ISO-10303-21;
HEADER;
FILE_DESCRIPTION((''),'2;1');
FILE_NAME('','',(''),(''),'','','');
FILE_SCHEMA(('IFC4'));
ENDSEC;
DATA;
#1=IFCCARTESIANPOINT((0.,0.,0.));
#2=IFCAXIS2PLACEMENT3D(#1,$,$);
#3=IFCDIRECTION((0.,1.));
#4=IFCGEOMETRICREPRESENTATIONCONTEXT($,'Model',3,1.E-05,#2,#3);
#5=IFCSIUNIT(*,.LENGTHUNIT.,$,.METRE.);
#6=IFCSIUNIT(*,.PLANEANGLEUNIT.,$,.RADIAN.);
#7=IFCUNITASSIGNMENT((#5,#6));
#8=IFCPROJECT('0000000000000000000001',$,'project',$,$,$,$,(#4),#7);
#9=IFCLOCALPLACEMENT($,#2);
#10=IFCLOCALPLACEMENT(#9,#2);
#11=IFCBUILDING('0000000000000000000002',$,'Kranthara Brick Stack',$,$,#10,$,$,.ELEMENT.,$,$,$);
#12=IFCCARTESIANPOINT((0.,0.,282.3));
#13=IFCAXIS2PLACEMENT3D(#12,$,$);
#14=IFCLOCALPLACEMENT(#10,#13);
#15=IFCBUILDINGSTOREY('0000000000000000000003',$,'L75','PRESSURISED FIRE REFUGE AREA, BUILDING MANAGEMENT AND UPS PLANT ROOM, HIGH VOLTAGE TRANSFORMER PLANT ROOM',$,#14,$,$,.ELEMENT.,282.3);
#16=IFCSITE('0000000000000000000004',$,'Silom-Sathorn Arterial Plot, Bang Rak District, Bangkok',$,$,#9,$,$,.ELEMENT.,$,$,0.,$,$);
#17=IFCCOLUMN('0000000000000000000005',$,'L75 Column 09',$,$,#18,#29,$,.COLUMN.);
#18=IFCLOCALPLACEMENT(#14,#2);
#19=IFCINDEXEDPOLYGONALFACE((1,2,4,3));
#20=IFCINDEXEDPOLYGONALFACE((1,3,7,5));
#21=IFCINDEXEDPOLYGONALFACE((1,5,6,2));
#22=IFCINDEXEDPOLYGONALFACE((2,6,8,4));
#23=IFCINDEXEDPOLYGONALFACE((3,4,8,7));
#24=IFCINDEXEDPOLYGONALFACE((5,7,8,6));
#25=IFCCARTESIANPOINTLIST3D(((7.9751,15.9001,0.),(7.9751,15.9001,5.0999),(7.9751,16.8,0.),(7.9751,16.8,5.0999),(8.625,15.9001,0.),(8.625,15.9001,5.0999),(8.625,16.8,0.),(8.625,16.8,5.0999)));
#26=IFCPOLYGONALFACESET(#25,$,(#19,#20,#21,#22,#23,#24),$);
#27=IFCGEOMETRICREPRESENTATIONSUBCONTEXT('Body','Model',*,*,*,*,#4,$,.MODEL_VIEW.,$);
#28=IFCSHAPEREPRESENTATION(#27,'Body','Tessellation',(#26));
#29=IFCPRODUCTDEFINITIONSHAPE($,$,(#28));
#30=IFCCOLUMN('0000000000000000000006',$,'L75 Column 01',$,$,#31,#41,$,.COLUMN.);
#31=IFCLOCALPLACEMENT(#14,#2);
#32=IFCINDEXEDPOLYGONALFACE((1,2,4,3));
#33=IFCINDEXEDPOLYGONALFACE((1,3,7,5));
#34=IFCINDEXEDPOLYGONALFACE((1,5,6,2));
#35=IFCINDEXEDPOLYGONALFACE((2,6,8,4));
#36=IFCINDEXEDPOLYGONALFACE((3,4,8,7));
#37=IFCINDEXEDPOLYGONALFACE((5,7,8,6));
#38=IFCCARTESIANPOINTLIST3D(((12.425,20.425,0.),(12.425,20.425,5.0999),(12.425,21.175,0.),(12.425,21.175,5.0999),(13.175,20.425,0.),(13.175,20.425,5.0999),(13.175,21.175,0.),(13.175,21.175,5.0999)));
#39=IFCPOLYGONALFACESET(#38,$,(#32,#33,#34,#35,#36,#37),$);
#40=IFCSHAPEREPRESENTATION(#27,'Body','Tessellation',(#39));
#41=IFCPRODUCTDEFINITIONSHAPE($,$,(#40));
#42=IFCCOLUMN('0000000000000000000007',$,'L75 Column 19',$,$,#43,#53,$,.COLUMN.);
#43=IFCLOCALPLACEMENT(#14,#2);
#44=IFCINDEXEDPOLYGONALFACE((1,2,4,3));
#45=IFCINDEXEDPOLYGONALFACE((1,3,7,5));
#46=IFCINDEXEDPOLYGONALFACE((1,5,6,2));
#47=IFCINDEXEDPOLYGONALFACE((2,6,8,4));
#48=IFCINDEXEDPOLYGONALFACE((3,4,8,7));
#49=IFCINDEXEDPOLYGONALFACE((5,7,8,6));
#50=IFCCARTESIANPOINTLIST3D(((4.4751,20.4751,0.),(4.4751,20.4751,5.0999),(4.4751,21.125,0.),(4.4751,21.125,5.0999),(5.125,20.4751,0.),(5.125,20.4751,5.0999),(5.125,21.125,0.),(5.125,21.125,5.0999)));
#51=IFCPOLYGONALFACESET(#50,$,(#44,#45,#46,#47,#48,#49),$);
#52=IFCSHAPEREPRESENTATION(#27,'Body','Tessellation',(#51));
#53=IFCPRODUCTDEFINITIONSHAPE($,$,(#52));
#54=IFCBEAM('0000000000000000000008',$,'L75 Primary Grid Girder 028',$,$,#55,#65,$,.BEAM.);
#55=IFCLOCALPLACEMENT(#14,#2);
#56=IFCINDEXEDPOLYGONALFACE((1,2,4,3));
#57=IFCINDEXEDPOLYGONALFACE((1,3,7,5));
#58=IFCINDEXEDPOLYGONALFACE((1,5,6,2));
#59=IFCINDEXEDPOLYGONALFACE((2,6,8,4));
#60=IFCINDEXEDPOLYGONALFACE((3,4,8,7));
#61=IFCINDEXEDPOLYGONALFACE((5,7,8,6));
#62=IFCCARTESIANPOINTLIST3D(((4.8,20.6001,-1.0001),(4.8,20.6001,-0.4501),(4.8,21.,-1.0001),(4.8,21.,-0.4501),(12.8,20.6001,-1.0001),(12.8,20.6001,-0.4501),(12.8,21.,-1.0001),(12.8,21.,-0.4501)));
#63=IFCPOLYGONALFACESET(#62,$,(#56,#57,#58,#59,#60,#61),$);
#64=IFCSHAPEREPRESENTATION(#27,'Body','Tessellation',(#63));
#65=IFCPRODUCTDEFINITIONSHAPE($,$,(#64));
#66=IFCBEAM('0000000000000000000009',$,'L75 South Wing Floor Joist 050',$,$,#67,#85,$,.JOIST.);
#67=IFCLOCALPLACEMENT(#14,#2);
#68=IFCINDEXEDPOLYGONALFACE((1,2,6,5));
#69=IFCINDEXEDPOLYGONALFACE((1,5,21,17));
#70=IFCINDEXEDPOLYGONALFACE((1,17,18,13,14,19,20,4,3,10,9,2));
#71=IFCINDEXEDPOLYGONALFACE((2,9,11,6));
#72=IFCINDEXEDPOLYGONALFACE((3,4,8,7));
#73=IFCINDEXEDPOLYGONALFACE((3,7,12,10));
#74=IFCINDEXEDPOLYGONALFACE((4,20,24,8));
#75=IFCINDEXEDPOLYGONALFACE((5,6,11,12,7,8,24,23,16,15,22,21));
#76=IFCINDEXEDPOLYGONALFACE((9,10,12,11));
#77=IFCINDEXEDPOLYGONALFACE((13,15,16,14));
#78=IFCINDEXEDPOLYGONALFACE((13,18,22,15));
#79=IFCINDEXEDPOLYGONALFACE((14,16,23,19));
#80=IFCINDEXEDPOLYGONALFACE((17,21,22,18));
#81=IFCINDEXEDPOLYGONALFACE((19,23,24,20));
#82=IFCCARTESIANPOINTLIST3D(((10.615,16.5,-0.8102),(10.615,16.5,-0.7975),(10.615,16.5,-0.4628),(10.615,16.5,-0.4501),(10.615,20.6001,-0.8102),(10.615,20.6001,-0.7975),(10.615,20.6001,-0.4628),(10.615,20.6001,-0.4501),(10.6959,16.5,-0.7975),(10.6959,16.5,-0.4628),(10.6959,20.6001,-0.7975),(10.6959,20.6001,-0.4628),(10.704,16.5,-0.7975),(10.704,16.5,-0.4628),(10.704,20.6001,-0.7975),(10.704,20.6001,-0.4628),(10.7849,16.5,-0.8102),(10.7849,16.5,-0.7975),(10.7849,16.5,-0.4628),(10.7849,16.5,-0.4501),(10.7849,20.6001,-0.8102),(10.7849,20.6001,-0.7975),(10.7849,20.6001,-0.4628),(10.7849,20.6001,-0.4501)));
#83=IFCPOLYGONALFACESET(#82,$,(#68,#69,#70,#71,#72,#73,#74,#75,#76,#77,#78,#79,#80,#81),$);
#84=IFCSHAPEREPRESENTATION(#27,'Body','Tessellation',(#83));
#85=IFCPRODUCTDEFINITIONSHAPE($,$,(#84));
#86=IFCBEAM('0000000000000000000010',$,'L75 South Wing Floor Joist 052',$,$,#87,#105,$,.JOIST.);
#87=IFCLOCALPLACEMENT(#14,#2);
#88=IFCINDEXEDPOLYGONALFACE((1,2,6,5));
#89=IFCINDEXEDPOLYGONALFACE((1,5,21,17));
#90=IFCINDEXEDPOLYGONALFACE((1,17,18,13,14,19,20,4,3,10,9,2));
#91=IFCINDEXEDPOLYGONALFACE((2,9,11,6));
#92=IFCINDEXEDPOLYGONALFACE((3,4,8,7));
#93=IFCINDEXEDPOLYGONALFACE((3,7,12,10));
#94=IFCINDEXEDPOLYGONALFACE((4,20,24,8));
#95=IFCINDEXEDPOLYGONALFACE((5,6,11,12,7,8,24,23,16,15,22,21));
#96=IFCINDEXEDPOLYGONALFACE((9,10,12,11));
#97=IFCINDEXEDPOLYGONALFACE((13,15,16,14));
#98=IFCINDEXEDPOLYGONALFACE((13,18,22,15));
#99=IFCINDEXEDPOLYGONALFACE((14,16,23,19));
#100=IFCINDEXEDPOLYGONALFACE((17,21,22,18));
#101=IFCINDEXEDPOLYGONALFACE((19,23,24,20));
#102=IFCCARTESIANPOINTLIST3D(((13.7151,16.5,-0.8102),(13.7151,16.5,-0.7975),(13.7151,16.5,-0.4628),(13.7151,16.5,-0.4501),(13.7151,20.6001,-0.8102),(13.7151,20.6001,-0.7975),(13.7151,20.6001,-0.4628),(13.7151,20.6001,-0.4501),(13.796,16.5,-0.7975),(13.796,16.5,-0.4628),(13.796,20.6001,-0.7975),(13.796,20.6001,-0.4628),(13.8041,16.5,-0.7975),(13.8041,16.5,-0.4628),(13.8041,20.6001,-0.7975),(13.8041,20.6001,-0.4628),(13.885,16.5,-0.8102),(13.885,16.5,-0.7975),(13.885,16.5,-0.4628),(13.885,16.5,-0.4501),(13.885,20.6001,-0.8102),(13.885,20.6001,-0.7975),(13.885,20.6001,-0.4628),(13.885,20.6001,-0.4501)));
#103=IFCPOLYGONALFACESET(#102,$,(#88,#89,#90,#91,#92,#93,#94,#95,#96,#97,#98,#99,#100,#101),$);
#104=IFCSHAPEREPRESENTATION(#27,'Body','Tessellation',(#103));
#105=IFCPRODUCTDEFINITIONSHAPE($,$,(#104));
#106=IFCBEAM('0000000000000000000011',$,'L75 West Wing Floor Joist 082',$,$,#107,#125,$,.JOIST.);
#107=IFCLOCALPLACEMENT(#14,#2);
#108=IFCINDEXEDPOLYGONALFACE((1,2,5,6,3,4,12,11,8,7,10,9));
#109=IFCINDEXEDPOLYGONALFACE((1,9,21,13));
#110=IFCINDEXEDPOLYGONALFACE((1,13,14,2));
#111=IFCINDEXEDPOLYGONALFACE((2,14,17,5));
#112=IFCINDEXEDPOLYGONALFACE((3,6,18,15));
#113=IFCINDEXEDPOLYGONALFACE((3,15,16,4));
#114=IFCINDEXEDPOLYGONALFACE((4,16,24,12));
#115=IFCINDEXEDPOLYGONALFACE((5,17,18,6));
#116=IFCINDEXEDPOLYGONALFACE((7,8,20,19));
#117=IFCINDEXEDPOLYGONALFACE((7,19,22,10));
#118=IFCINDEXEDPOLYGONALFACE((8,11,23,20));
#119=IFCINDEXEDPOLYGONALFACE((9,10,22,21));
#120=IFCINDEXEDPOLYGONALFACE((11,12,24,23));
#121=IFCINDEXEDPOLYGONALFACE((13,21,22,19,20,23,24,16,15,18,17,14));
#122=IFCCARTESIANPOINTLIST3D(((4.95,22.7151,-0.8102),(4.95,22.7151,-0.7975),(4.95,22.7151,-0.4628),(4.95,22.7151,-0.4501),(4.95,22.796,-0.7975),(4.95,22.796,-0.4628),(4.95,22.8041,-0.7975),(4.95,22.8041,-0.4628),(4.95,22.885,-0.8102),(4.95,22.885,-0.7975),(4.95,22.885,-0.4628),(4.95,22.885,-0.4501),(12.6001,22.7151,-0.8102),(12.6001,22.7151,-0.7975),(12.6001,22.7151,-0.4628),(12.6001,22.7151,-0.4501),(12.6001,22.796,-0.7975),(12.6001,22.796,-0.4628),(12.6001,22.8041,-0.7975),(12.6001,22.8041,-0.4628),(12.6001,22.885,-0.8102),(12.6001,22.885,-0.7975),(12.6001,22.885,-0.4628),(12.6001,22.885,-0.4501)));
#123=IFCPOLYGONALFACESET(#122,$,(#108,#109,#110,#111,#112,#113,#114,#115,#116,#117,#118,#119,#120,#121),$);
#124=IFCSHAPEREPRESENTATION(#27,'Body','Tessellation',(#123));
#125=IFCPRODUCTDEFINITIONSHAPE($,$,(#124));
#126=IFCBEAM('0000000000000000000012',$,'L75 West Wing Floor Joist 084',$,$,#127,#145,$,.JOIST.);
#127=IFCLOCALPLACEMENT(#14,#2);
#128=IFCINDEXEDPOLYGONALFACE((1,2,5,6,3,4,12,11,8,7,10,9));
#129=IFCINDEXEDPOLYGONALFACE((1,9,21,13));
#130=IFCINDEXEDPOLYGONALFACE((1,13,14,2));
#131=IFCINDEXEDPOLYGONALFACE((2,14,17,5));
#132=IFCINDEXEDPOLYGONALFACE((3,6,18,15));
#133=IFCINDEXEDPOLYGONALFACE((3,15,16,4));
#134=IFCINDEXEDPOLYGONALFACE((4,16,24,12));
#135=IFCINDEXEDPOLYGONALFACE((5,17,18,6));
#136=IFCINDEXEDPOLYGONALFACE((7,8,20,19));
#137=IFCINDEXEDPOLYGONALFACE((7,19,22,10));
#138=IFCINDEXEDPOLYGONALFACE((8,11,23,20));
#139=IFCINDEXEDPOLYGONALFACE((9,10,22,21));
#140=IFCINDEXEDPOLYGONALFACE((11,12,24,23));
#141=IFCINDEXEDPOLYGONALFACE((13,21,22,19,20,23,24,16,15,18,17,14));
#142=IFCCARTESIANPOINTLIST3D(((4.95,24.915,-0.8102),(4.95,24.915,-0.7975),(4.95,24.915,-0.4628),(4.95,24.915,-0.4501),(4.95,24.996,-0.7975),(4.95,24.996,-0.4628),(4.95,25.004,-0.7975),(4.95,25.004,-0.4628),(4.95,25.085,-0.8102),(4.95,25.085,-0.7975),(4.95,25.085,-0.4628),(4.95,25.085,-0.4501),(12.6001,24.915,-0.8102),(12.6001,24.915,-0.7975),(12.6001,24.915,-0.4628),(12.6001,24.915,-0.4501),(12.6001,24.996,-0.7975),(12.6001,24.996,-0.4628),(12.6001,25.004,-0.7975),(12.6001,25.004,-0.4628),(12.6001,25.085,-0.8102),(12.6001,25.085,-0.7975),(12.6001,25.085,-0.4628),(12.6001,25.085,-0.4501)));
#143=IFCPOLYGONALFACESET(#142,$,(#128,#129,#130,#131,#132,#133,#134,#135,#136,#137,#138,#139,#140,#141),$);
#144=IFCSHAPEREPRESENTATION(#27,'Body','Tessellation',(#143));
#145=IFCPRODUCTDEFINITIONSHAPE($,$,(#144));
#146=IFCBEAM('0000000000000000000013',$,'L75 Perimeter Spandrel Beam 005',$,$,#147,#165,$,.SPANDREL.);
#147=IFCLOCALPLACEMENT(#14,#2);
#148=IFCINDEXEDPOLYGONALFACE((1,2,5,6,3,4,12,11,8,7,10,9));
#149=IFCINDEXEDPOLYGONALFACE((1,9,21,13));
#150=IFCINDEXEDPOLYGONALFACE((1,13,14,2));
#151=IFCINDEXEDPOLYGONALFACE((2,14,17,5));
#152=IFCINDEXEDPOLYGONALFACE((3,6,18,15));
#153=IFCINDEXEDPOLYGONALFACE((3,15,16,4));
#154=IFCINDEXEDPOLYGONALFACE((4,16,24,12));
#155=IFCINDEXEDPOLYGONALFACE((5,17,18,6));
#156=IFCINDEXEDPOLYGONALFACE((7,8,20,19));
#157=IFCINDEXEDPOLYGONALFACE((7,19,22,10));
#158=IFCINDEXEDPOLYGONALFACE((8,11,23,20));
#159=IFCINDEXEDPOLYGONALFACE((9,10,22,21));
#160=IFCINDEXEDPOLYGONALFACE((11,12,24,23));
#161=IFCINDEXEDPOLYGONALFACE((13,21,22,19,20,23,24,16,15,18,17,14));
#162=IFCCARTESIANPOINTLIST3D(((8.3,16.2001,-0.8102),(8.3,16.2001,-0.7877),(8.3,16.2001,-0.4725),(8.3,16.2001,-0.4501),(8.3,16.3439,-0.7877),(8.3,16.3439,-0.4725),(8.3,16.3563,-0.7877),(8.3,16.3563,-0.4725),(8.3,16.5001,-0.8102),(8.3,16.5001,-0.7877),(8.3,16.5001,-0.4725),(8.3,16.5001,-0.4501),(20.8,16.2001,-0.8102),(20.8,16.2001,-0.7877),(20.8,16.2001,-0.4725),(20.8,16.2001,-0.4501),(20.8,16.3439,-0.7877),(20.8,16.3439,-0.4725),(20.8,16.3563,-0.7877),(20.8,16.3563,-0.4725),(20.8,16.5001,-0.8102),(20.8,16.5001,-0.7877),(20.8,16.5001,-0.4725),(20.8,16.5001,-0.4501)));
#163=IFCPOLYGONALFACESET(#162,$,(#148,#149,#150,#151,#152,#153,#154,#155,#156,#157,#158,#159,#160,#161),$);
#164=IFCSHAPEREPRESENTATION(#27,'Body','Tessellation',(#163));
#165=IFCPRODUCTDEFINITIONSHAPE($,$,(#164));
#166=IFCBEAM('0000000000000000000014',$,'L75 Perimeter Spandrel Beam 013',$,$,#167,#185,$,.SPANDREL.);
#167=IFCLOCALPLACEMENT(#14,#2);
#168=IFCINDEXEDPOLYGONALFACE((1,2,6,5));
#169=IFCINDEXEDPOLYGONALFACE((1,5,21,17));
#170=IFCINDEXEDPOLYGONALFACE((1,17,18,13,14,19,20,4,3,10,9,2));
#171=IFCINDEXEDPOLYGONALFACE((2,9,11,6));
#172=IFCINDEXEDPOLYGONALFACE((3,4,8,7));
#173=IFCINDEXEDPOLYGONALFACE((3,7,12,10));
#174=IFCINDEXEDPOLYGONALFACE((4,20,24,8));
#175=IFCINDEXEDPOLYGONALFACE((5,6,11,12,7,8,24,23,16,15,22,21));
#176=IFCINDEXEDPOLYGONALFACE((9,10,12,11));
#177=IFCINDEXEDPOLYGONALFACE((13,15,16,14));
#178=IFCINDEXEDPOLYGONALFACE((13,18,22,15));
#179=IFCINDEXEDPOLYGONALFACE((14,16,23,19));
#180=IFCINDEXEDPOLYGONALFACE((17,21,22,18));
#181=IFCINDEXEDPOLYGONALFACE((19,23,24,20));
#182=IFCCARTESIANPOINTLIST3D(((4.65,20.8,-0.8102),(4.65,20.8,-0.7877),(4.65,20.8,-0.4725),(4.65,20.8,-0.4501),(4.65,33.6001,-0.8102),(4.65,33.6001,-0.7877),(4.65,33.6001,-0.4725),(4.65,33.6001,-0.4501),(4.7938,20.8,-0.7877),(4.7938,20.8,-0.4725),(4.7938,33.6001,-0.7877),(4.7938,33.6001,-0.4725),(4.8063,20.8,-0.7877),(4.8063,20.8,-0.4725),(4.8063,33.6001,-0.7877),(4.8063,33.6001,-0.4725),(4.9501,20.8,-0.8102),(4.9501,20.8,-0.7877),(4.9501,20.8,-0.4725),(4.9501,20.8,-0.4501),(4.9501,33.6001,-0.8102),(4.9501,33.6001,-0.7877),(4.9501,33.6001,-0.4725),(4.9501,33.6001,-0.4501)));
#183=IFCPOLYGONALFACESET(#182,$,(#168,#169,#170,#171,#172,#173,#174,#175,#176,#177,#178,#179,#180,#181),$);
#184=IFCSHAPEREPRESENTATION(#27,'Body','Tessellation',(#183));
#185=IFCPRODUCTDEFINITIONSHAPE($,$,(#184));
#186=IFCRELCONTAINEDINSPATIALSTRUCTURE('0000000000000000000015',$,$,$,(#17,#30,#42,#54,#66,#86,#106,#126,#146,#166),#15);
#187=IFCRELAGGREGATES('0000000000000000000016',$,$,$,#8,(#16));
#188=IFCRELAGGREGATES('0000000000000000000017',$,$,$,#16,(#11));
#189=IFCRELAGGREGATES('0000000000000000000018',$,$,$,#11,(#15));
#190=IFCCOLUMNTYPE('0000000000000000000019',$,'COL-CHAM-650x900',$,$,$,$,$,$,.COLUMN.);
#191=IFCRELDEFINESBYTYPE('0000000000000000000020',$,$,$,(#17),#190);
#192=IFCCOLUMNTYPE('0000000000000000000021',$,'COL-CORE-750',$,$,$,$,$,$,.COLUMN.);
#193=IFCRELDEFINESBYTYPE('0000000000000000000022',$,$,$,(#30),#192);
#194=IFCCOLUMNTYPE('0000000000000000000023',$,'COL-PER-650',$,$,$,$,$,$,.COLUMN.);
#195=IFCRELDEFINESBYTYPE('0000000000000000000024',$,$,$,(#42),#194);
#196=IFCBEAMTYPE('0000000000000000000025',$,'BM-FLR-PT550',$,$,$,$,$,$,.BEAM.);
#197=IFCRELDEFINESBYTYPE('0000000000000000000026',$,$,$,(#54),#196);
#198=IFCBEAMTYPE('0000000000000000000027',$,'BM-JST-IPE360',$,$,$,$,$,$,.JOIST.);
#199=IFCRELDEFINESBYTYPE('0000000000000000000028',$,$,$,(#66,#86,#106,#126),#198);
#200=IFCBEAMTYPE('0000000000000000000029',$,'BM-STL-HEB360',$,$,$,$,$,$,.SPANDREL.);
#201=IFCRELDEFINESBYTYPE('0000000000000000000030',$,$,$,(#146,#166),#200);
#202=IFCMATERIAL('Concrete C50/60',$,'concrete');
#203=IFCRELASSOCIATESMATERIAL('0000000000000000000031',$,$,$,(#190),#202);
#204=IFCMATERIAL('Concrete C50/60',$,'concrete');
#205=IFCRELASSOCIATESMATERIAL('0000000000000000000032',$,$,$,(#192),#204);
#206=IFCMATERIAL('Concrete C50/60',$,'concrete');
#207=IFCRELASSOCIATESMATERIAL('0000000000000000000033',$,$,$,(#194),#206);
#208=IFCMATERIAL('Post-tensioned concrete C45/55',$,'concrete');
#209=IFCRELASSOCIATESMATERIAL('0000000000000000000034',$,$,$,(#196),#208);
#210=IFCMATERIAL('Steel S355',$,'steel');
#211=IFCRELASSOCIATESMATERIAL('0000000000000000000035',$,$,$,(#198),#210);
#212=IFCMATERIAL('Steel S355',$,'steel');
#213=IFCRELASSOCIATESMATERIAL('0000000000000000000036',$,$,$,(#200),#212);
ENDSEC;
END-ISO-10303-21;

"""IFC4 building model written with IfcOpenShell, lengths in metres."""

from ifc_helpers import new_model, si_unit, direction, frame, origin, origin_2d, place, context, subcontext, project, spatial, rectangle, i_section, extrude, material, material_profile, profile_set, type_object, element, save


model = new_model("IFC4")

# Units and contexts
model_context = context("Model", 3, precision=1e-05, world=origin(), true_north=direction((0.0, 1.0)))
body_context = subcontext(model_context, "Body", "Model", "MODEL_VIEW")
ifc_project = project(units=[si_unit("LENGTHUNIT", "METRE"), si_unit("PLANEANGLEUNIT", "RADIAN")], contexts=[model_context])

# Site, building, storey
site_placement = place(None, origin())
site = spatial("IfcSite", under=ifc_project, at=site_placement, Name="Silom-Sathorn Arterial Plot, Bang Rak District, Bangkok", CompositionType="ELEMENT", RefElevation=0.0)
building_placement = place(site_placement, origin())
building = spatial("IfcBuilding", under=site, at=building_placement, Name="Kranthara Brick Stack", CompositionType="ELEMENT")
storey_placement = place(building_placement, frame((0.0, 0.0, 282.3)))
storey = spatial("IfcBuildingStorey", under=building, at=storey_placement, Name="L75", Description="PRESSURISED FIRE REFUGE AREA, BUILDING MANAGEMENT AND UPS PLANT ROOM, HIGH VOLTAGE TRANSFORMER PLANT ROOM", CompositionType="ELEMENT", Elevation=282.3)

# Columns
ifc_material_1 = material(Name="Concrete C50/60", Category="concrete")
ifc_material_profile_1 = material_profile(ifc_material_1, rectangle(XDim=0.6499, YDim=0.8999, at=origin_2d()), Name="RC 650x900")
ifc_profile_set_1 = profile_set([ifc_material_profile_1], Name="Concrete C50/60")
column_type_1 = type_object("IfcColumnType", Name="COL-CHAM-650x900", PredefinedType="COLUMN", material=ifc_profile_set_1)
column_1_placement = place(storey_placement, frame((8.3, 16.3501, 0.0), z_axis=(0.0, 0.0, 1.0), x_axis=(1.0, 0.0, 0.0)))
element("IfcColumn", 1, at=column_1_placement, inside=storey, type_object=column_type_1, Name="L75 Column 09", PredefinedType="COLUMN", context=body_context, shape_type="SweptSolid", body=[
    extrude(rectangle(XDim=0.6499, YDim=0.8999, at=origin_2d()), origin(), (0.0, 0.0, 1.0), 5.0999),
])
ifc_material_2 = material(Name="Concrete C50/60", Category="concrete")
ifc_material_profile_2 = material_profile(ifc_material_2, rectangle(XDim=0.75, YDim=0.75, at=origin_2d()), Name="RC 750x750")
ifc_profile_set_2 = profile_set([ifc_material_profile_2], Name="Concrete C50/60")
column_type_2 = type_object("IfcColumnType", Name="COL-CORE-750", PredefinedType="COLUMN", material=ifc_profile_set_2)
column_2_placement = place(storey_placement, frame((12.8, 20.8, 0.0), z_axis=(0.0, 0.0, 1.0), x_axis=(1.0, 0.0, 0.0)))
element("IfcColumn", 2, at=column_2_placement, inside=storey, type_object=column_type_2, Name="L75 Column 01", PredefinedType="COLUMN", context=body_context, shape_type="SweptSolid", body=[
    extrude(rectangle(XDim=0.75, YDim=0.75, at=origin_2d()), origin(), (0.0, 0.0, 1.0), 5.0999),
])
ifc_material_3 = material(Name="Concrete C50/60", Category="concrete")
ifc_material_profile_3 = material_profile(ifc_material_3, rectangle(XDim=0.6499, YDim=0.6499, at=origin_2d()), Name="RC 650x650")
ifc_profile_set_3 = profile_set([ifc_material_profile_3], Name="Concrete C50/60")
column_type_3 = type_object("IfcColumnType", Name="COL-PER-650", PredefinedType="COLUMN", material=ifc_profile_set_3)
column_3_placement = place(storey_placement, frame((4.8, 20.8, 0.0), z_axis=(0.0, 0.0, 1.0), x_axis=(1.0, 0.0, 0.0)))
element("IfcColumn", 3, at=column_3_placement, inside=storey, type_object=column_type_3, Name="L75 Column 19", PredefinedType="COLUMN", context=body_context, shape_type="SweptSolid", body=[
    extrude(rectangle(XDim=0.6499, YDim=0.6499, at=origin_2d()), origin(), (0.0, 0.0, 1.0), 5.0999),
])

# Beams
ifc_material_4 = material(Name="Post-tensioned concrete C45/55", Category="concrete")
ifc_material_profile_4 = material_profile(ifc_material_4, rectangle(XDim=0.3999, YDim=0.55, at=origin_2d()), Name="PT 400x550")
ifc_profile_set_4 = profile_set([ifc_material_profile_4], Name="Post-tensioned concrete C45/55")
beam_type_1 = type_object("IfcBeamType", Name="BM-FLR-PT550", PredefinedType="BEAM", material=ifc_profile_set_4)
beam_1_placement = place(storey_placement, frame((4.8, 20.8, -0.7251), z_axis=(1.0, 0.0, 0.0), x_axis=(0.0, 1.0, 0.0)))
element("IfcBeam", 4, at=beam_1_placement, inside=storey, type_object=beam_type_1, Name="L75 Primary Grid Girder 028", PredefinedType="BEAM", context=body_context, shape_type="SweptSolid", body=[
    extrude(rectangle(XDim=0.3999, YDim=0.55, at=origin_2d()), origin(), (0.0, 0.0, 1.0), 8.0),
])
ifc_material_5 = material(Name="Steel S355", Category="steel")
ifc_material_profile_5 = material_profile(ifc_material_5, i_section(OverallWidth=0.1699, OverallDepth=0.3601, WebThickness=0.0081, FlangeThickness=0.0127, at=origin_2d()), Name="IPE 360")
ifc_profile_set_5 = profile_set([ifc_material_profile_5], Name="Steel S355")
beam_type_2 = type_object("IfcBeamType", Name="BM-JST-IPE360", PredefinedType="JOIST", material=ifc_profile_set_5)
for number, where, z_axis, x_axis, name in (
    (5, (10.7, 16.5, -0.6301), (0.0, 1.0, 0.0), (-1.0, 0.0, 0.0), "L75 South Wing Floor Joist 050"),
    (6, (13.8, 16.5, -0.6301), (0.0, 1.0, 0.0), (-1.0, 0.0, 0.0), "L75 South Wing Floor Joist 052"),
):
    element("IfcBeam", number, at=place(storey_placement, frame(where, z_axis=z_axis, x_axis=x_axis)), inside=storey, type_object=beam_type_2, Name=name, PredefinedType="JOIST", context=body_context, shape_type="SweptSolid", body=[
        extrude(i_section(OverallWidth=0.1699, OverallDepth=0.3601, WebThickness=0.0081, FlangeThickness=0.0127, at=origin_2d()), origin(), (0.0, 0.0, 1.0), 4.1001),
    ])
for number, where, z_axis, x_axis, name in (
    (7, (4.95, 22.8, -0.6301), (1.0, 0.0, 0.0), (0.0, 1.0, 0.0), "L75 West Wing Floor Joist 082"),
    (8, (4.95, 25.0, -0.6301), (1.0, 0.0, 0.0), (0.0, 1.0, 0.0), "L75 West Wing Floor Joist 084"),
):
    element("IfcBeam", number, at=place(storey_placement, frame(where, z_axis=z_axis, x_axis=x_axis)), inside=storey, type_object=beam_type_2, Name=name, PredefinedType="JOIST", context=body_context, shape_type="SweptSolid", body=[
        extrude(i_section(OverallWidth=0.1699, OverallDepth=0.3601, WebThickness=0.0081, FlangeThickness=0.0127, at=origin_2d()), origin(), (0.0, 0.0, 1.0), 7.6501),
    ])
ifc_material_6 = material(Name="Steel S355", Category="steel")
ifc_material_profile_6 = material_profile(ifc_material_6, i_section(OverallWidth=0.3, OverallDepth=0.3601, WebThickness=0.0125, FlangeThickness=0.0225, at=origin_2d()), Name="HEB 360")
ifc_profile_set_6 = profile_set([ifc_material_profile_6], Name="Steel S355")
beam_type_3 = type_object("IfcBeamType", Name="BM-STL-HEB360", PredefinedType="SPANDREL", material=ifc_profile_set_6)
beam_2_placement = place(storey_placement, frame((8.3, 16.3501, -0.6301), z_axis=(1.0, 0.0, 0.0), x_axis=(0.0, 1.0, 0.0)))
element("IfcBeam", 9, at=beam_2_placement, inside=storey, type_object=beam_type_3, Name="L75 Perimeter Spandrel Beam 005", PredefinedType="SPANDREL", context=body_context, shape_type="SweptSolid", body=[
    extrude(i_section(OverallWidth=0.3, OverallDepth=0.3601, WebThickness=0.0125, FlangeThickness=0.0225, at=origin_2d()), origin(), (0.0, 0.0, 1.0), 12.5),
])
beam_3_placement = place(storey_placement, frame((4.8, 20.8, -0.6301), z_axis=(0.0, 1.0, 0.0), x_axis=(-1.0, 0.0, 0.0)))
element("IfcBeam", 10, at=beam_3_placement, inside=storey, type_object=beam_type_3, Name="L75 Perimeter Spandrel Beam 013", PredefinedType="SPANDREL", context=body_context, shape_type="SweptSolid", body=[
    extrude(i_section(OverallWidth=0.3, OverallDepth=0.3601, WebThickness=0.0125, FlangeThickness=0.0225, at=origin_2d()), origin(), (0.0, 0.0, 1.0), 12.8),
])

save(model, "model.ifc")
